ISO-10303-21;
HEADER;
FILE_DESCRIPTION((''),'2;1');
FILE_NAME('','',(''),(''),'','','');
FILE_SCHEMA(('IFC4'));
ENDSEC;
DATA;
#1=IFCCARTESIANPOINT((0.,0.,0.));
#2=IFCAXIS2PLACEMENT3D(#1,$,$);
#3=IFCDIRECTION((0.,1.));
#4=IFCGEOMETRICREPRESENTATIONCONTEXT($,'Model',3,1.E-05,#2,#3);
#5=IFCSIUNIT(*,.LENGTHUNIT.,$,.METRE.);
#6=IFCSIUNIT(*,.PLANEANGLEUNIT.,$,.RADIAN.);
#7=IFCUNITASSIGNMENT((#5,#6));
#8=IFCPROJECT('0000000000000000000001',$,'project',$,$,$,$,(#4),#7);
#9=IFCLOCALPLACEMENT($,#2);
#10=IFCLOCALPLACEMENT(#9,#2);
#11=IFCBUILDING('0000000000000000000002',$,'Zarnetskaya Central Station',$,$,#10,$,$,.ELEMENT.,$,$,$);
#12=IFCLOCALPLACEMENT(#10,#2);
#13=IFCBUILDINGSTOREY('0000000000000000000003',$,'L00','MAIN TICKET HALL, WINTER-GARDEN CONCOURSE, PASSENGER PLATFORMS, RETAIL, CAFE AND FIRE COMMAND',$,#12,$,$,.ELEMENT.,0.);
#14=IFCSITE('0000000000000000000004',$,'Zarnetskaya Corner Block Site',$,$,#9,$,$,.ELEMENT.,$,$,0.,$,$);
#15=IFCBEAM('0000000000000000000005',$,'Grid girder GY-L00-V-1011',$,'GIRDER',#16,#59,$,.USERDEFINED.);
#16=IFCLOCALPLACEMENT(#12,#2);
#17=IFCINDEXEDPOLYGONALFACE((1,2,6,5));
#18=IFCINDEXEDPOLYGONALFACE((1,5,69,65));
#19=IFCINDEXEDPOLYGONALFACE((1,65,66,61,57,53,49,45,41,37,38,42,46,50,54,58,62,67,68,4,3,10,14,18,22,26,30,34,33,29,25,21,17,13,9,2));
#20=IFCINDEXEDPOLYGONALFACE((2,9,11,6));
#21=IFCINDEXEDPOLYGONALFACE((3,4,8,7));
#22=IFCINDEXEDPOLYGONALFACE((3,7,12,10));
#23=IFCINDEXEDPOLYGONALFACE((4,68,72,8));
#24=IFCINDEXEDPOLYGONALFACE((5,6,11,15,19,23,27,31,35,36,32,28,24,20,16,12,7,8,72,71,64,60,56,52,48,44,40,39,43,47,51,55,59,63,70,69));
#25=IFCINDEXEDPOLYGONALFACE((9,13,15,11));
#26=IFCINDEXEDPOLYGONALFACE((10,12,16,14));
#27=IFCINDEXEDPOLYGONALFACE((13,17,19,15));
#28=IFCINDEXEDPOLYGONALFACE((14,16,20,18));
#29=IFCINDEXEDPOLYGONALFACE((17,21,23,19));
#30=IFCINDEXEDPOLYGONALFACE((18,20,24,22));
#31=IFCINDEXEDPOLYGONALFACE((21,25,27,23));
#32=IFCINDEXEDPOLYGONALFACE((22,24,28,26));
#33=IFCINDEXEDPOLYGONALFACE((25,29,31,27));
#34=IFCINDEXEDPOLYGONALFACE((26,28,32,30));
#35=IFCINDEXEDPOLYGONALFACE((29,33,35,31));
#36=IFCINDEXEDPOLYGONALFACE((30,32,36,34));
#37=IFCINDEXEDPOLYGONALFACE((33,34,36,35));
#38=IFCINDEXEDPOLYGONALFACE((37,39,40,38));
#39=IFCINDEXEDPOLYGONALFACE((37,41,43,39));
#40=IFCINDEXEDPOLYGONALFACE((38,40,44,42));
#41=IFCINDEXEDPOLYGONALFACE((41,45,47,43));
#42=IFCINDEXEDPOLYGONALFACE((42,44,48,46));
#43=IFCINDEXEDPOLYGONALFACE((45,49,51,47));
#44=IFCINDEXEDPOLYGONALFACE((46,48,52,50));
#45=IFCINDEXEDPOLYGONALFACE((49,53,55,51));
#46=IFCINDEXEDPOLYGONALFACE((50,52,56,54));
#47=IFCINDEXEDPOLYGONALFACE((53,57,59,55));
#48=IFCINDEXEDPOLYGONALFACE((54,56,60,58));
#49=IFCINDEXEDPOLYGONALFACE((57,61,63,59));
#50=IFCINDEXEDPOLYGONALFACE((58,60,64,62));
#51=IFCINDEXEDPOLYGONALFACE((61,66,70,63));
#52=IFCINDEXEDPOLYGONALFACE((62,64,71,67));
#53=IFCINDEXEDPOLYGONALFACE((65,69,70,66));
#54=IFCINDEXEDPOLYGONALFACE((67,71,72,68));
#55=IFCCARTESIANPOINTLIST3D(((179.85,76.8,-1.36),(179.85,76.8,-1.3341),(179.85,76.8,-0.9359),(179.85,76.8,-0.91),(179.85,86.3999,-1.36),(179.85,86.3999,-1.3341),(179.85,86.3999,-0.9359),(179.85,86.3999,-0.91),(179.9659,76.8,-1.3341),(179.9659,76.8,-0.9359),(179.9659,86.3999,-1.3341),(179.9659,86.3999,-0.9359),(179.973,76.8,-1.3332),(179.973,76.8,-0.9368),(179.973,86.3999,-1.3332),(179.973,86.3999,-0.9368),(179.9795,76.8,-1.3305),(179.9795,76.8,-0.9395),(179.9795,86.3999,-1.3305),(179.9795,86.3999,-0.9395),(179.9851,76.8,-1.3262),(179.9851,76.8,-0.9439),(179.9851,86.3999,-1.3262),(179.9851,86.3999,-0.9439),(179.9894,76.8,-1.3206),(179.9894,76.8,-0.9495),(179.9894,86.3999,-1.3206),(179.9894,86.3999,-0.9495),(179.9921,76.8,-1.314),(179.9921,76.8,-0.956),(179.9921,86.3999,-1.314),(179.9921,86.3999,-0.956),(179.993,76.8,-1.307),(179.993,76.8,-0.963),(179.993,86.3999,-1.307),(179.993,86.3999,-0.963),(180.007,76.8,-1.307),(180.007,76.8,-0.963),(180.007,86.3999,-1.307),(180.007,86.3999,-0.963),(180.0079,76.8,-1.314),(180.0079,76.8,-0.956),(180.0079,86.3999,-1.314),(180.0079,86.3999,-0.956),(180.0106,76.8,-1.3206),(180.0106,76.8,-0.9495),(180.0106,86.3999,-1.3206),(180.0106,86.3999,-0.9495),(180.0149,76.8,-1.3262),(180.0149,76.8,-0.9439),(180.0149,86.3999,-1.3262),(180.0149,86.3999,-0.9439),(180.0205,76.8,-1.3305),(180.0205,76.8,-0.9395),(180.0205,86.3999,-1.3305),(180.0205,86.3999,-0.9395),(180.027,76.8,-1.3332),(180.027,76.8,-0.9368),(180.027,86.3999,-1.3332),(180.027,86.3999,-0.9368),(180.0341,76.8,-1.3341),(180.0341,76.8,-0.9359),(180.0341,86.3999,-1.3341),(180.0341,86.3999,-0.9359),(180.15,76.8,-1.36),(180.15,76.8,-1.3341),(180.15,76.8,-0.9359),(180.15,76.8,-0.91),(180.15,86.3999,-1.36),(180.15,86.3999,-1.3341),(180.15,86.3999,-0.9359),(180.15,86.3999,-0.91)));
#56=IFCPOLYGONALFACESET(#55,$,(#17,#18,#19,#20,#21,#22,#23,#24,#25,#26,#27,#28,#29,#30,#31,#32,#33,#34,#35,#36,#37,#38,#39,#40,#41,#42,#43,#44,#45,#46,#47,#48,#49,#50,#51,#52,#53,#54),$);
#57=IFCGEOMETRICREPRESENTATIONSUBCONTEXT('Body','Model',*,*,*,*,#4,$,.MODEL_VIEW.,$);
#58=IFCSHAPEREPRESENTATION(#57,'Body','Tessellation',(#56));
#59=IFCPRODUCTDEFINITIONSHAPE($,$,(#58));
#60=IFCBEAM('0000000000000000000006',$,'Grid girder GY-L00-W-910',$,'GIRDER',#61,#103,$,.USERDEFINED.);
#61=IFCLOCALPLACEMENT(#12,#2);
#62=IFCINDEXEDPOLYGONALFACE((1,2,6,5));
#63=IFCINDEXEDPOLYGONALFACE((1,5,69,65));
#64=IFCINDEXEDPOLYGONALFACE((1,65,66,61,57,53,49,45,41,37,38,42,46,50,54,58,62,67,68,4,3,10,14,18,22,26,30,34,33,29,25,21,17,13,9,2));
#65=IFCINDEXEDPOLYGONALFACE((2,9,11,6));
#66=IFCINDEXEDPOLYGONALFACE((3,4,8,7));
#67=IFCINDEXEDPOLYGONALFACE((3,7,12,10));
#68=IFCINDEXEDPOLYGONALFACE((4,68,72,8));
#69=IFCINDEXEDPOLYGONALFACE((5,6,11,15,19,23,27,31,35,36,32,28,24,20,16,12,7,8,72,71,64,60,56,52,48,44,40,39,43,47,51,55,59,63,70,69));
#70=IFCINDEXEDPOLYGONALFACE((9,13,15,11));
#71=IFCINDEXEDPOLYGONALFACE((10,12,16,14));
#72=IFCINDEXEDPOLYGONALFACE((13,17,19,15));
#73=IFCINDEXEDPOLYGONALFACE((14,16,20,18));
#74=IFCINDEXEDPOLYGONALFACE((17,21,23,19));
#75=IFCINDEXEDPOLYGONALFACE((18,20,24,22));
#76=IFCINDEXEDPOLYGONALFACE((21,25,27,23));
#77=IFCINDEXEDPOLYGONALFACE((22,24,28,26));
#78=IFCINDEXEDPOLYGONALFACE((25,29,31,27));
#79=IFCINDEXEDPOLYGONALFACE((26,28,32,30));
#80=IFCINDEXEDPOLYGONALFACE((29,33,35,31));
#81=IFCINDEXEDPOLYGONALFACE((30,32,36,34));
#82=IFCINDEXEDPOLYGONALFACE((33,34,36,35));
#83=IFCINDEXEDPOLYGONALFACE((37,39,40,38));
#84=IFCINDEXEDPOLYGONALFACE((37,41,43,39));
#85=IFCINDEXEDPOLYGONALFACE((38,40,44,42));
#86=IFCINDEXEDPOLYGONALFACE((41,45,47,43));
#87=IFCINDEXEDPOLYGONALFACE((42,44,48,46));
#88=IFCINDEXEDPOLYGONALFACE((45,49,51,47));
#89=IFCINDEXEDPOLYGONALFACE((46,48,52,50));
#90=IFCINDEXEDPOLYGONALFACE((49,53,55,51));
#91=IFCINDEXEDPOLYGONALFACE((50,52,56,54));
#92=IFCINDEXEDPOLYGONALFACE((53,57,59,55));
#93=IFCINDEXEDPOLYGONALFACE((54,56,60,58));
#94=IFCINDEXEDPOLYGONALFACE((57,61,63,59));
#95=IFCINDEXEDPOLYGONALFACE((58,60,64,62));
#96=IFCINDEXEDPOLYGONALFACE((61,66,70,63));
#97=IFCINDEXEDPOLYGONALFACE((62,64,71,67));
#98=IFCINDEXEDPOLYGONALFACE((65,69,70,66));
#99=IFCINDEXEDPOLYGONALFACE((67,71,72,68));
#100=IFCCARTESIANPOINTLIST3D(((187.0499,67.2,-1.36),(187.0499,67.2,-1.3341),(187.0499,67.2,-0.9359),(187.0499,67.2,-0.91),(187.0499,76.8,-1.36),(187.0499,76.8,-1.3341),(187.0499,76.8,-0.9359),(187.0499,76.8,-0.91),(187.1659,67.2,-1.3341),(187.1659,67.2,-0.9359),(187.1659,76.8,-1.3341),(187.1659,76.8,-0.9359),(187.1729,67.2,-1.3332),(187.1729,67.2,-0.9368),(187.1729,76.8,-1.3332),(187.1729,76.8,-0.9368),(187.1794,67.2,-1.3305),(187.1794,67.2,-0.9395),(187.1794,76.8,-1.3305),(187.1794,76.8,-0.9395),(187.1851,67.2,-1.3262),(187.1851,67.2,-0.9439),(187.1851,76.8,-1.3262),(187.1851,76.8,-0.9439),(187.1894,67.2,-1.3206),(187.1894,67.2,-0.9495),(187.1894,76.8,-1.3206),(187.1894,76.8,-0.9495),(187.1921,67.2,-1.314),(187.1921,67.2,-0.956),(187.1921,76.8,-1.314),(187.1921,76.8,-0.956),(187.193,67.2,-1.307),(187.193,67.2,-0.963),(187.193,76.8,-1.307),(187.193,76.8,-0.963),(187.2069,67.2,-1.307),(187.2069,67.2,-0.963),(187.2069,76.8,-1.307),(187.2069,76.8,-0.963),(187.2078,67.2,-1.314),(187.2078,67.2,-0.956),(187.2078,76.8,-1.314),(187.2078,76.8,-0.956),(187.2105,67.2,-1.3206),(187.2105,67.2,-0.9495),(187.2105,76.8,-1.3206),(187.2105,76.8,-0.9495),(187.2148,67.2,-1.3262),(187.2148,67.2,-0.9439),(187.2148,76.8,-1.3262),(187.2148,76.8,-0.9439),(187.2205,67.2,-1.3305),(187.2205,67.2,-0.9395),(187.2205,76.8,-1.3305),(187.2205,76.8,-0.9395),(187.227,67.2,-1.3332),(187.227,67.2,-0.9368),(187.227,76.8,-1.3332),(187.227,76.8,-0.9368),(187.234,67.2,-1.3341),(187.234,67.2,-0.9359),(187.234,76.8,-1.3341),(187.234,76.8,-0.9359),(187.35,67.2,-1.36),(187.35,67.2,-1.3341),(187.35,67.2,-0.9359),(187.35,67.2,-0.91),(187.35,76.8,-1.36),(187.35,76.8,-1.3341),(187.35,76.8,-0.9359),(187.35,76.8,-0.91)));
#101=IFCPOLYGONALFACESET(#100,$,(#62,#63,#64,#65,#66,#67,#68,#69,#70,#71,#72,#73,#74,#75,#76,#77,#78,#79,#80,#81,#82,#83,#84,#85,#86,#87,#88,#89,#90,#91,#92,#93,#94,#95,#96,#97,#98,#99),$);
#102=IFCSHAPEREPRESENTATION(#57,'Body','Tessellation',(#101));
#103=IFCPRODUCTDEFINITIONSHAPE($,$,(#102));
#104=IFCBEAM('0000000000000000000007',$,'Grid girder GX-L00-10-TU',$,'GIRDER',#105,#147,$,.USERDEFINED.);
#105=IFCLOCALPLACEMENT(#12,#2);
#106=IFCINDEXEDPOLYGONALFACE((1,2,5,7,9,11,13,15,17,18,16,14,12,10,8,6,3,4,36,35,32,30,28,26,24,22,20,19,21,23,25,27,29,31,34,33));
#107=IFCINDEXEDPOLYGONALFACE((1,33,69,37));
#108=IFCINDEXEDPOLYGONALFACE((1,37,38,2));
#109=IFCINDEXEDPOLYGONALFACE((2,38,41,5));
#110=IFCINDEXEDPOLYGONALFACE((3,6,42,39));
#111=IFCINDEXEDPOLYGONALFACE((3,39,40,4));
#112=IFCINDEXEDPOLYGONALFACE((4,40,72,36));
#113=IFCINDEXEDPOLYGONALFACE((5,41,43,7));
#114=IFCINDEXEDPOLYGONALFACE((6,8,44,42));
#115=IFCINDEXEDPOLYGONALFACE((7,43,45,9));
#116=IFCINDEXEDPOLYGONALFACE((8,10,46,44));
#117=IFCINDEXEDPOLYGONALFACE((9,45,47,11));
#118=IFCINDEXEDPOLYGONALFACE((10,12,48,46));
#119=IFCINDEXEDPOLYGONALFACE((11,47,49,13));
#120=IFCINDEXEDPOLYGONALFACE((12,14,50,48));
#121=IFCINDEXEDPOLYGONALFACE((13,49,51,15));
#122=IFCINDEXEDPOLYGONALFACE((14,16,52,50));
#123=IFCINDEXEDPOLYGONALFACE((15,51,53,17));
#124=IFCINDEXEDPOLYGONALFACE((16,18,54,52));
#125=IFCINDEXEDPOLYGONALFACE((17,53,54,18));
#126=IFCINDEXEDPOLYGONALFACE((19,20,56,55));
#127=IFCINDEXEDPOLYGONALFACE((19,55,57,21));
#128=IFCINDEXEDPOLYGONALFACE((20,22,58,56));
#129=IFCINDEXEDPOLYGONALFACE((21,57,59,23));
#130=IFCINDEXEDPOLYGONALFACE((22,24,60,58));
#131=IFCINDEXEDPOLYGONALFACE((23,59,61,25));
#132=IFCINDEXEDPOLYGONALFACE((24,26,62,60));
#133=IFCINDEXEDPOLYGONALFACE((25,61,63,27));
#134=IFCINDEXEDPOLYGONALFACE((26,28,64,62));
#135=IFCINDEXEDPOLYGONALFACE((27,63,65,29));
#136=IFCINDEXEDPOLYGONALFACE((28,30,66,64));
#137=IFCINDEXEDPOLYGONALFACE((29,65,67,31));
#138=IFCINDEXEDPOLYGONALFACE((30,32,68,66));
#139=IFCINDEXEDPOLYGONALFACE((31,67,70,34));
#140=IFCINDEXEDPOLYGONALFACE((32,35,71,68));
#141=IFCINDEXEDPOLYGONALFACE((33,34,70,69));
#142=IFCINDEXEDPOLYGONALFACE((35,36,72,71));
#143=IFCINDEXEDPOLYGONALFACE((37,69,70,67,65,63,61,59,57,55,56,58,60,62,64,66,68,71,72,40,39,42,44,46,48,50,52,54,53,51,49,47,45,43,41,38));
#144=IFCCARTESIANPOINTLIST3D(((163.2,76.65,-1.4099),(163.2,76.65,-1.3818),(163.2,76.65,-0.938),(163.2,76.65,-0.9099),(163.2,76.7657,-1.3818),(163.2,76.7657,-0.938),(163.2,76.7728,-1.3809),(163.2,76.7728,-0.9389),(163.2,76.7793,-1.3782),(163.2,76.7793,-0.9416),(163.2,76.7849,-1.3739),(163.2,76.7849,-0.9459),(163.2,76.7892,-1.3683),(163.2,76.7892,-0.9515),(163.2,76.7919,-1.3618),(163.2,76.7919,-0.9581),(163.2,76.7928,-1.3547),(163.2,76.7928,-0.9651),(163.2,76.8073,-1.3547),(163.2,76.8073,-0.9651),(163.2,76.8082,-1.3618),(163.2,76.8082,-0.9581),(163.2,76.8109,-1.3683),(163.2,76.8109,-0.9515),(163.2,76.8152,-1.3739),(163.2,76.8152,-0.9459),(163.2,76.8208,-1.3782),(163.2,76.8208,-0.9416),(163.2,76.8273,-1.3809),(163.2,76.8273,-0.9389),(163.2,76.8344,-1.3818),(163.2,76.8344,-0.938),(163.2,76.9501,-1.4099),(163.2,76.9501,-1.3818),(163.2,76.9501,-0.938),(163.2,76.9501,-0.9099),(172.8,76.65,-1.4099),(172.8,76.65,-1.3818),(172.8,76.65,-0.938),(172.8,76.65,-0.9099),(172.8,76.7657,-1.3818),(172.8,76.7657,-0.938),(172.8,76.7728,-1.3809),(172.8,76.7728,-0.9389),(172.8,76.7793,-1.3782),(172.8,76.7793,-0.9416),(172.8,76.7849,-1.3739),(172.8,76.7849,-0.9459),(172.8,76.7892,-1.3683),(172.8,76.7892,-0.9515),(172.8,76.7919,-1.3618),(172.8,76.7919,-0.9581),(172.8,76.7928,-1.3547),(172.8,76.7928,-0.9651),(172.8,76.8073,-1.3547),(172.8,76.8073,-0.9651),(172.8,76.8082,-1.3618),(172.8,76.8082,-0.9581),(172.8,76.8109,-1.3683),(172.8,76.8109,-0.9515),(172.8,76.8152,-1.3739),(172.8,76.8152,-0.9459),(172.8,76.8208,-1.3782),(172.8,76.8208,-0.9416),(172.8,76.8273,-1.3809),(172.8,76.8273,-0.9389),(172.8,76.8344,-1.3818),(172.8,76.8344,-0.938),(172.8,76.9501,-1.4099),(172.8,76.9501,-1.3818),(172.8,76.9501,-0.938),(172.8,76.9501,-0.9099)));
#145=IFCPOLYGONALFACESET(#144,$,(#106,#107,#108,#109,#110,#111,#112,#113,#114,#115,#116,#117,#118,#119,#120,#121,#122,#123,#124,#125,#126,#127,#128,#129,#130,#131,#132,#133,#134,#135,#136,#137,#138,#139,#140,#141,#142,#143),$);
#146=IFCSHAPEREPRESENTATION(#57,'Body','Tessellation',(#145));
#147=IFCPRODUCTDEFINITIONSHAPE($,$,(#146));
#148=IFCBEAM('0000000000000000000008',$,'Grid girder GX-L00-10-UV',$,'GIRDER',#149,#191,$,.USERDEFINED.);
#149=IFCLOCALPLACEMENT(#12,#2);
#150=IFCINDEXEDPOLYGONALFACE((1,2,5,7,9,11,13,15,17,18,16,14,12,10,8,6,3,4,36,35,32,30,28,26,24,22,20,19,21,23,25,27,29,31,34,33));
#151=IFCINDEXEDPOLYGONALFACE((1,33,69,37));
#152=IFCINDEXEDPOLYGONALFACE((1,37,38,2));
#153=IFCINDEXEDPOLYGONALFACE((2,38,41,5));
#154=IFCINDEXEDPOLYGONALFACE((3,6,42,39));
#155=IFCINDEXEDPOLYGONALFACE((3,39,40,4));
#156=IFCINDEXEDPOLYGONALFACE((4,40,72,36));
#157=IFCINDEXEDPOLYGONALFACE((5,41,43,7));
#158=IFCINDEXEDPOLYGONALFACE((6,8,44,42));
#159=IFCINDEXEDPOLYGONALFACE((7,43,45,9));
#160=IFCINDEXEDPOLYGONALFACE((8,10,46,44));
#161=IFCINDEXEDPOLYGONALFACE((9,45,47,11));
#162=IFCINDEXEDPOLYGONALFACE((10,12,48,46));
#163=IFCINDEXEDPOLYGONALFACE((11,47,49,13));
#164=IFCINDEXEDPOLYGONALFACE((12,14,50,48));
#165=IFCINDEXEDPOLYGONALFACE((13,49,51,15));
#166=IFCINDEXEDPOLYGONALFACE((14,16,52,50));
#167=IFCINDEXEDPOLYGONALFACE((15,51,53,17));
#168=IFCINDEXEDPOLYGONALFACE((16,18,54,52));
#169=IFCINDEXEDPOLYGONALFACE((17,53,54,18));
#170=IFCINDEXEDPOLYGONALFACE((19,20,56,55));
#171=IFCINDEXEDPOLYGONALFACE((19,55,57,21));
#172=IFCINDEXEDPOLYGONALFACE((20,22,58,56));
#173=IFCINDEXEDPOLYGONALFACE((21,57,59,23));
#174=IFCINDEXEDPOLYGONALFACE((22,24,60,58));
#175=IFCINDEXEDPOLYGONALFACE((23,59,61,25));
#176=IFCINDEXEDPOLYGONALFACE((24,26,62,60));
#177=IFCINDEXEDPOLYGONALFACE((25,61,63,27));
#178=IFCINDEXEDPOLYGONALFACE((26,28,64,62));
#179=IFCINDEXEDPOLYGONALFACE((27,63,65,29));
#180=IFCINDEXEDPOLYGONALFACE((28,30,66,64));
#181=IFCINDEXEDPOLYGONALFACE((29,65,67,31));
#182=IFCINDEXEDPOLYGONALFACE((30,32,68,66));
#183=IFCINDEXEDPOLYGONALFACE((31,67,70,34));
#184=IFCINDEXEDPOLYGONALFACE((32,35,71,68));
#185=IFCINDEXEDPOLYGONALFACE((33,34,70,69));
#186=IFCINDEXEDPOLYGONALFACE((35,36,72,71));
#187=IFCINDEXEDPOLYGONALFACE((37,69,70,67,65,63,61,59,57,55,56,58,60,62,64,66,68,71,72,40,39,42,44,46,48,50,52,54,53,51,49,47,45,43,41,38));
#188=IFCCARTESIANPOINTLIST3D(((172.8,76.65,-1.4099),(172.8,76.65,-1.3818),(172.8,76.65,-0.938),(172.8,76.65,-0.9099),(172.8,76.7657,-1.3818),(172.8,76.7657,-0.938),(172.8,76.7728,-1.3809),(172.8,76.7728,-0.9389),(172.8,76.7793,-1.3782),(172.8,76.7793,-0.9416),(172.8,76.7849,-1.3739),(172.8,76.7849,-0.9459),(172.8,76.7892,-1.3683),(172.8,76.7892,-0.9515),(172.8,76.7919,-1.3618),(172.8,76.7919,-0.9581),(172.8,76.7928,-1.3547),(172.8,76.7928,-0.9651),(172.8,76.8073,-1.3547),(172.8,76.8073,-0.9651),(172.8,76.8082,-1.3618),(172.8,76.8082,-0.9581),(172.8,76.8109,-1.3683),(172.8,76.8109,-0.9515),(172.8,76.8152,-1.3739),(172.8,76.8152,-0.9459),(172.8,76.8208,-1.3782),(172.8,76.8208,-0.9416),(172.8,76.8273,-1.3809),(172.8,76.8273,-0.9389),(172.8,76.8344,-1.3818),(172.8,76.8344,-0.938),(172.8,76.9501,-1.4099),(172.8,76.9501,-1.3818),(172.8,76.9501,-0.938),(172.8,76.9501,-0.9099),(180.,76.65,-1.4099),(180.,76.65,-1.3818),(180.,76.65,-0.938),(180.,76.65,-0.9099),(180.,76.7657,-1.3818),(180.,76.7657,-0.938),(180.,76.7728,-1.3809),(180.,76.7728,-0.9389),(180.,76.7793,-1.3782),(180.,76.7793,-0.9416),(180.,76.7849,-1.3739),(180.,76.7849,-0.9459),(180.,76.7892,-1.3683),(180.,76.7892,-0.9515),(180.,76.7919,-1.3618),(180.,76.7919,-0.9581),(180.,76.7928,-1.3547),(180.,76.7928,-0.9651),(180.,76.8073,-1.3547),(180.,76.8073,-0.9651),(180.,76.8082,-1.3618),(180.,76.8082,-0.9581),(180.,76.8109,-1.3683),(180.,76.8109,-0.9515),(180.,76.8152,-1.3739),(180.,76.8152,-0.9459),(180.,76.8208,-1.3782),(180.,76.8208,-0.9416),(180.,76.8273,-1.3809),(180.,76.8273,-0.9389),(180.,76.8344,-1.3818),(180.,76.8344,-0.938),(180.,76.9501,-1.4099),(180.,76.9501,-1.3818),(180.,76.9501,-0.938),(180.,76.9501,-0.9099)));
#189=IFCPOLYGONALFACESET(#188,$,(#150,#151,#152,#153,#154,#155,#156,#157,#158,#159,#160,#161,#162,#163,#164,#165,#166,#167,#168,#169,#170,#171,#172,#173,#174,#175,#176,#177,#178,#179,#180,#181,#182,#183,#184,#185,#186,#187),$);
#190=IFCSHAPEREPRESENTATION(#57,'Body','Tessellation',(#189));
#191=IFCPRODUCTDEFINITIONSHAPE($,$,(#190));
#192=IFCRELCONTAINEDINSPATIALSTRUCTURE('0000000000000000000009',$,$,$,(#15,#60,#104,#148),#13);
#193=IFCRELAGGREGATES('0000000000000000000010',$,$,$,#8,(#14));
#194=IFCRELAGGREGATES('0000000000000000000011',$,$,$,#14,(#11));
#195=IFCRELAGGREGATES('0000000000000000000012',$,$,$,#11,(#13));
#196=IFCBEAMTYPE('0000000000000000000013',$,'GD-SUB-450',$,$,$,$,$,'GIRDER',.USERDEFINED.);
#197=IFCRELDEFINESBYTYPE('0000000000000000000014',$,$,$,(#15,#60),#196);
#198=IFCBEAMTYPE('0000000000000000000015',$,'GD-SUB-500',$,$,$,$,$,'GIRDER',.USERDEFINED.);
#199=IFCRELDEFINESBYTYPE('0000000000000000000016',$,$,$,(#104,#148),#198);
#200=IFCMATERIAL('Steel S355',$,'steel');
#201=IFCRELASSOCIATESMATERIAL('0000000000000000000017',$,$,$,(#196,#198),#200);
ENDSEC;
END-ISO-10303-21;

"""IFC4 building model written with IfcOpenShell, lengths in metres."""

from ifc_helpers import new_model, si_unit, direction, frame, origin, origin_2d, place, context, subcontext, project, spatial, i_section, extrude, material, material_profile, profile_set, type_object, element, save


model = new_model("IFC4")

# Units and contexts
model_context = context("Model", 3, precision=1e-05, world=origin(), true_north=direction((0.0, 1.0)))
body_context = subcontext(model_context, "Body", "Model", "MODEL_VIEW")
ifc_project = project(units=[si_unit("LENGTHUNIT", "METRE"), si_unit("PLANEANGLEUNIT", "RADIAN")], contexts=[model_context])

# Site, building, storey
site_placement = place(None, origin())
site = spatial("IfcSite", under=ifc_project, at=site_placement, Name="Zarnetskaya Corner Block Site", CompositionType="ELEMENT", RefElevation=0.0)
building_placement = place(site_placement, origin())
building = spatial("IfcBuilding", under=site, at=building_placement, Name="Zarnetskaya Central Station", CompositionType="ELEMENT")
storey_placement = place(building_placement, origin())
storey = spatial("IfcBuildingStorey", under=building, at=storey_placement, Name="L00", Description="MAIN TICKET HALL, WINTER-GARDEN CONCOURSE, PASSENGER PLATFORMS, RETAIL, CAFE AND FIRE COMMAND", CompositionType="ELEMENT", Elevation=0.0)

# Shared definitions
ifc_material = material(Name="Steel S355", Category="steel")

# Beams
ifc_material_profile_1 = material_profile(ifc_material, i_section(OverallWidth=0.3, OverallDepth=0.45, WebThickness=0.0139, FlangeThickness=0.0259, FilletRadius=0.0271, at=origin_2d()), Name="HEB 450")
ifc_profile_set_1 = profile_set([ifc_material_profile_1], Name="Steel S355")
beam_type_1 = type_object("IfcBeamType", Name="GD-SUB-450", ElementType="GIRDER", PredefinedType="USERDEFINED", material=ifc_profile_set_1)
for number, where, z_axis, x_axis, name in (
    (1, (180.0, 76.8, -1.135), (0.0, 1.0, 0.0), (-1.0, 0.0, 0.0), "Grid girder GY-L00-V-1011"),
):
    element("IfcBeam", number, at=place(storey_placement, frame(where, z_axis=z_axis, x_axis=x_axis)), inside=storey, type_object=beam_type_1, Name=name, ObjectType="GIRDER", PredefinedType="USERDEFINED", context=body_context, shape_type="SweptSolid", body=[
        extrude(i_section(OverallWidth=0.3, OverallDepth=0.45, WebThickness=0.0139, FlangeThickness=0.0259, FilletRadius=0.0271, at=origin_2d()), origin(), (0.0, 0.0, 1.0), 9.5999),
    ])
beam_1_placement = place(storey_placement, frame((187.2, 67.2, -1.135), z_axis=(0.0, 1.0, 0.0), x_axis=(-1.0, 0.0, 0.0)))
element("IfcBeam", 2, at=beam_1_placement, inside=storey, type_object=beam_type_1, Name="Grid girder GY-L00-W-910", ObjectType="GIRDER", PredefinedType="USERDEFINED", context=body_context, shape_type="SweptSolid", body=[
    extrude(i_section(OverallWidth=0.3, OverallDepth=0.45, WebThickness=0.0139, FlangeThickness=0.0259, FilletRadius=0.0271, at=origin_2d()), origin(), (0.0, 0.0, 1.0), 9.6001),
])
ifc_material_profile_2 = material_profile(ifc_material, i_section(OverallWidth=0.3, OverallDepth=0.5, WebThickness=0.0144, FlangeThickness=0.0281, FilletRadius=0.0271, at=origin_2d()), Name="HEB 500")
ifc_profile_set_2 = profile_set([ifc_material_profile_2], Name="Steel S355")
beam_type_2 = type_object("IfcBeamType", Name="GD-SUB-500", ElementType="GIRDER", PredefinedType="USERDEFINED", material=ifc_profile_set_2)
beam_2_placement = place(storey_placement, frame((163.2, 76.8, -1.1599), z_axis=(1.0, 0.0, 0.0), x_axis=(0.0, 1.0, 0.0)))
element("IfcBeam", 3, at=beam_2_placement, inside=storey, type_object=beam_type_2, Name="Grid girder GX-L00-10-TU", ObjectType="GIRDER", PredefinedType="USERDEFINED", context=body_context, shape_type="SweptSolid", body=[
    extrude(i_section(OverallWidth=0.3, OverallDepth=0.5, WebThickness=0.0144, FlangeThickness=0.0281, FilletRadius=0.0271, at=origin_2d()), origin(), (0.0, 0.0, 1.0), 9.6001),
])
beam_3_placement = place(storey_placement, frame((172.8, 76.8, -1.1599), z_axis=(1.0, 0.0, 0.0), x_axis=(0.0, 1.0, 0.0)))
element("IfcBeam", 4, at=beam_3_placement, inside=storey, type_object=beam_type_2, Name="Grid girder GX-L00-10-UV", ObjectType="GIRDER", PredefinedType="USERDEFINED", context=body_context, shape_type="SweptSolid", body=[
    extrude(i_section(OverallWidth=0.3, OverallDepth=0.5, WebThickness=0.0144, FlangeThickness=0.0281, FilletRadius=0.0271, at=origin_2d()), origin(), (0.0, 0.0, 1.0), 7.2),
])

save(model, "model.ifc")
